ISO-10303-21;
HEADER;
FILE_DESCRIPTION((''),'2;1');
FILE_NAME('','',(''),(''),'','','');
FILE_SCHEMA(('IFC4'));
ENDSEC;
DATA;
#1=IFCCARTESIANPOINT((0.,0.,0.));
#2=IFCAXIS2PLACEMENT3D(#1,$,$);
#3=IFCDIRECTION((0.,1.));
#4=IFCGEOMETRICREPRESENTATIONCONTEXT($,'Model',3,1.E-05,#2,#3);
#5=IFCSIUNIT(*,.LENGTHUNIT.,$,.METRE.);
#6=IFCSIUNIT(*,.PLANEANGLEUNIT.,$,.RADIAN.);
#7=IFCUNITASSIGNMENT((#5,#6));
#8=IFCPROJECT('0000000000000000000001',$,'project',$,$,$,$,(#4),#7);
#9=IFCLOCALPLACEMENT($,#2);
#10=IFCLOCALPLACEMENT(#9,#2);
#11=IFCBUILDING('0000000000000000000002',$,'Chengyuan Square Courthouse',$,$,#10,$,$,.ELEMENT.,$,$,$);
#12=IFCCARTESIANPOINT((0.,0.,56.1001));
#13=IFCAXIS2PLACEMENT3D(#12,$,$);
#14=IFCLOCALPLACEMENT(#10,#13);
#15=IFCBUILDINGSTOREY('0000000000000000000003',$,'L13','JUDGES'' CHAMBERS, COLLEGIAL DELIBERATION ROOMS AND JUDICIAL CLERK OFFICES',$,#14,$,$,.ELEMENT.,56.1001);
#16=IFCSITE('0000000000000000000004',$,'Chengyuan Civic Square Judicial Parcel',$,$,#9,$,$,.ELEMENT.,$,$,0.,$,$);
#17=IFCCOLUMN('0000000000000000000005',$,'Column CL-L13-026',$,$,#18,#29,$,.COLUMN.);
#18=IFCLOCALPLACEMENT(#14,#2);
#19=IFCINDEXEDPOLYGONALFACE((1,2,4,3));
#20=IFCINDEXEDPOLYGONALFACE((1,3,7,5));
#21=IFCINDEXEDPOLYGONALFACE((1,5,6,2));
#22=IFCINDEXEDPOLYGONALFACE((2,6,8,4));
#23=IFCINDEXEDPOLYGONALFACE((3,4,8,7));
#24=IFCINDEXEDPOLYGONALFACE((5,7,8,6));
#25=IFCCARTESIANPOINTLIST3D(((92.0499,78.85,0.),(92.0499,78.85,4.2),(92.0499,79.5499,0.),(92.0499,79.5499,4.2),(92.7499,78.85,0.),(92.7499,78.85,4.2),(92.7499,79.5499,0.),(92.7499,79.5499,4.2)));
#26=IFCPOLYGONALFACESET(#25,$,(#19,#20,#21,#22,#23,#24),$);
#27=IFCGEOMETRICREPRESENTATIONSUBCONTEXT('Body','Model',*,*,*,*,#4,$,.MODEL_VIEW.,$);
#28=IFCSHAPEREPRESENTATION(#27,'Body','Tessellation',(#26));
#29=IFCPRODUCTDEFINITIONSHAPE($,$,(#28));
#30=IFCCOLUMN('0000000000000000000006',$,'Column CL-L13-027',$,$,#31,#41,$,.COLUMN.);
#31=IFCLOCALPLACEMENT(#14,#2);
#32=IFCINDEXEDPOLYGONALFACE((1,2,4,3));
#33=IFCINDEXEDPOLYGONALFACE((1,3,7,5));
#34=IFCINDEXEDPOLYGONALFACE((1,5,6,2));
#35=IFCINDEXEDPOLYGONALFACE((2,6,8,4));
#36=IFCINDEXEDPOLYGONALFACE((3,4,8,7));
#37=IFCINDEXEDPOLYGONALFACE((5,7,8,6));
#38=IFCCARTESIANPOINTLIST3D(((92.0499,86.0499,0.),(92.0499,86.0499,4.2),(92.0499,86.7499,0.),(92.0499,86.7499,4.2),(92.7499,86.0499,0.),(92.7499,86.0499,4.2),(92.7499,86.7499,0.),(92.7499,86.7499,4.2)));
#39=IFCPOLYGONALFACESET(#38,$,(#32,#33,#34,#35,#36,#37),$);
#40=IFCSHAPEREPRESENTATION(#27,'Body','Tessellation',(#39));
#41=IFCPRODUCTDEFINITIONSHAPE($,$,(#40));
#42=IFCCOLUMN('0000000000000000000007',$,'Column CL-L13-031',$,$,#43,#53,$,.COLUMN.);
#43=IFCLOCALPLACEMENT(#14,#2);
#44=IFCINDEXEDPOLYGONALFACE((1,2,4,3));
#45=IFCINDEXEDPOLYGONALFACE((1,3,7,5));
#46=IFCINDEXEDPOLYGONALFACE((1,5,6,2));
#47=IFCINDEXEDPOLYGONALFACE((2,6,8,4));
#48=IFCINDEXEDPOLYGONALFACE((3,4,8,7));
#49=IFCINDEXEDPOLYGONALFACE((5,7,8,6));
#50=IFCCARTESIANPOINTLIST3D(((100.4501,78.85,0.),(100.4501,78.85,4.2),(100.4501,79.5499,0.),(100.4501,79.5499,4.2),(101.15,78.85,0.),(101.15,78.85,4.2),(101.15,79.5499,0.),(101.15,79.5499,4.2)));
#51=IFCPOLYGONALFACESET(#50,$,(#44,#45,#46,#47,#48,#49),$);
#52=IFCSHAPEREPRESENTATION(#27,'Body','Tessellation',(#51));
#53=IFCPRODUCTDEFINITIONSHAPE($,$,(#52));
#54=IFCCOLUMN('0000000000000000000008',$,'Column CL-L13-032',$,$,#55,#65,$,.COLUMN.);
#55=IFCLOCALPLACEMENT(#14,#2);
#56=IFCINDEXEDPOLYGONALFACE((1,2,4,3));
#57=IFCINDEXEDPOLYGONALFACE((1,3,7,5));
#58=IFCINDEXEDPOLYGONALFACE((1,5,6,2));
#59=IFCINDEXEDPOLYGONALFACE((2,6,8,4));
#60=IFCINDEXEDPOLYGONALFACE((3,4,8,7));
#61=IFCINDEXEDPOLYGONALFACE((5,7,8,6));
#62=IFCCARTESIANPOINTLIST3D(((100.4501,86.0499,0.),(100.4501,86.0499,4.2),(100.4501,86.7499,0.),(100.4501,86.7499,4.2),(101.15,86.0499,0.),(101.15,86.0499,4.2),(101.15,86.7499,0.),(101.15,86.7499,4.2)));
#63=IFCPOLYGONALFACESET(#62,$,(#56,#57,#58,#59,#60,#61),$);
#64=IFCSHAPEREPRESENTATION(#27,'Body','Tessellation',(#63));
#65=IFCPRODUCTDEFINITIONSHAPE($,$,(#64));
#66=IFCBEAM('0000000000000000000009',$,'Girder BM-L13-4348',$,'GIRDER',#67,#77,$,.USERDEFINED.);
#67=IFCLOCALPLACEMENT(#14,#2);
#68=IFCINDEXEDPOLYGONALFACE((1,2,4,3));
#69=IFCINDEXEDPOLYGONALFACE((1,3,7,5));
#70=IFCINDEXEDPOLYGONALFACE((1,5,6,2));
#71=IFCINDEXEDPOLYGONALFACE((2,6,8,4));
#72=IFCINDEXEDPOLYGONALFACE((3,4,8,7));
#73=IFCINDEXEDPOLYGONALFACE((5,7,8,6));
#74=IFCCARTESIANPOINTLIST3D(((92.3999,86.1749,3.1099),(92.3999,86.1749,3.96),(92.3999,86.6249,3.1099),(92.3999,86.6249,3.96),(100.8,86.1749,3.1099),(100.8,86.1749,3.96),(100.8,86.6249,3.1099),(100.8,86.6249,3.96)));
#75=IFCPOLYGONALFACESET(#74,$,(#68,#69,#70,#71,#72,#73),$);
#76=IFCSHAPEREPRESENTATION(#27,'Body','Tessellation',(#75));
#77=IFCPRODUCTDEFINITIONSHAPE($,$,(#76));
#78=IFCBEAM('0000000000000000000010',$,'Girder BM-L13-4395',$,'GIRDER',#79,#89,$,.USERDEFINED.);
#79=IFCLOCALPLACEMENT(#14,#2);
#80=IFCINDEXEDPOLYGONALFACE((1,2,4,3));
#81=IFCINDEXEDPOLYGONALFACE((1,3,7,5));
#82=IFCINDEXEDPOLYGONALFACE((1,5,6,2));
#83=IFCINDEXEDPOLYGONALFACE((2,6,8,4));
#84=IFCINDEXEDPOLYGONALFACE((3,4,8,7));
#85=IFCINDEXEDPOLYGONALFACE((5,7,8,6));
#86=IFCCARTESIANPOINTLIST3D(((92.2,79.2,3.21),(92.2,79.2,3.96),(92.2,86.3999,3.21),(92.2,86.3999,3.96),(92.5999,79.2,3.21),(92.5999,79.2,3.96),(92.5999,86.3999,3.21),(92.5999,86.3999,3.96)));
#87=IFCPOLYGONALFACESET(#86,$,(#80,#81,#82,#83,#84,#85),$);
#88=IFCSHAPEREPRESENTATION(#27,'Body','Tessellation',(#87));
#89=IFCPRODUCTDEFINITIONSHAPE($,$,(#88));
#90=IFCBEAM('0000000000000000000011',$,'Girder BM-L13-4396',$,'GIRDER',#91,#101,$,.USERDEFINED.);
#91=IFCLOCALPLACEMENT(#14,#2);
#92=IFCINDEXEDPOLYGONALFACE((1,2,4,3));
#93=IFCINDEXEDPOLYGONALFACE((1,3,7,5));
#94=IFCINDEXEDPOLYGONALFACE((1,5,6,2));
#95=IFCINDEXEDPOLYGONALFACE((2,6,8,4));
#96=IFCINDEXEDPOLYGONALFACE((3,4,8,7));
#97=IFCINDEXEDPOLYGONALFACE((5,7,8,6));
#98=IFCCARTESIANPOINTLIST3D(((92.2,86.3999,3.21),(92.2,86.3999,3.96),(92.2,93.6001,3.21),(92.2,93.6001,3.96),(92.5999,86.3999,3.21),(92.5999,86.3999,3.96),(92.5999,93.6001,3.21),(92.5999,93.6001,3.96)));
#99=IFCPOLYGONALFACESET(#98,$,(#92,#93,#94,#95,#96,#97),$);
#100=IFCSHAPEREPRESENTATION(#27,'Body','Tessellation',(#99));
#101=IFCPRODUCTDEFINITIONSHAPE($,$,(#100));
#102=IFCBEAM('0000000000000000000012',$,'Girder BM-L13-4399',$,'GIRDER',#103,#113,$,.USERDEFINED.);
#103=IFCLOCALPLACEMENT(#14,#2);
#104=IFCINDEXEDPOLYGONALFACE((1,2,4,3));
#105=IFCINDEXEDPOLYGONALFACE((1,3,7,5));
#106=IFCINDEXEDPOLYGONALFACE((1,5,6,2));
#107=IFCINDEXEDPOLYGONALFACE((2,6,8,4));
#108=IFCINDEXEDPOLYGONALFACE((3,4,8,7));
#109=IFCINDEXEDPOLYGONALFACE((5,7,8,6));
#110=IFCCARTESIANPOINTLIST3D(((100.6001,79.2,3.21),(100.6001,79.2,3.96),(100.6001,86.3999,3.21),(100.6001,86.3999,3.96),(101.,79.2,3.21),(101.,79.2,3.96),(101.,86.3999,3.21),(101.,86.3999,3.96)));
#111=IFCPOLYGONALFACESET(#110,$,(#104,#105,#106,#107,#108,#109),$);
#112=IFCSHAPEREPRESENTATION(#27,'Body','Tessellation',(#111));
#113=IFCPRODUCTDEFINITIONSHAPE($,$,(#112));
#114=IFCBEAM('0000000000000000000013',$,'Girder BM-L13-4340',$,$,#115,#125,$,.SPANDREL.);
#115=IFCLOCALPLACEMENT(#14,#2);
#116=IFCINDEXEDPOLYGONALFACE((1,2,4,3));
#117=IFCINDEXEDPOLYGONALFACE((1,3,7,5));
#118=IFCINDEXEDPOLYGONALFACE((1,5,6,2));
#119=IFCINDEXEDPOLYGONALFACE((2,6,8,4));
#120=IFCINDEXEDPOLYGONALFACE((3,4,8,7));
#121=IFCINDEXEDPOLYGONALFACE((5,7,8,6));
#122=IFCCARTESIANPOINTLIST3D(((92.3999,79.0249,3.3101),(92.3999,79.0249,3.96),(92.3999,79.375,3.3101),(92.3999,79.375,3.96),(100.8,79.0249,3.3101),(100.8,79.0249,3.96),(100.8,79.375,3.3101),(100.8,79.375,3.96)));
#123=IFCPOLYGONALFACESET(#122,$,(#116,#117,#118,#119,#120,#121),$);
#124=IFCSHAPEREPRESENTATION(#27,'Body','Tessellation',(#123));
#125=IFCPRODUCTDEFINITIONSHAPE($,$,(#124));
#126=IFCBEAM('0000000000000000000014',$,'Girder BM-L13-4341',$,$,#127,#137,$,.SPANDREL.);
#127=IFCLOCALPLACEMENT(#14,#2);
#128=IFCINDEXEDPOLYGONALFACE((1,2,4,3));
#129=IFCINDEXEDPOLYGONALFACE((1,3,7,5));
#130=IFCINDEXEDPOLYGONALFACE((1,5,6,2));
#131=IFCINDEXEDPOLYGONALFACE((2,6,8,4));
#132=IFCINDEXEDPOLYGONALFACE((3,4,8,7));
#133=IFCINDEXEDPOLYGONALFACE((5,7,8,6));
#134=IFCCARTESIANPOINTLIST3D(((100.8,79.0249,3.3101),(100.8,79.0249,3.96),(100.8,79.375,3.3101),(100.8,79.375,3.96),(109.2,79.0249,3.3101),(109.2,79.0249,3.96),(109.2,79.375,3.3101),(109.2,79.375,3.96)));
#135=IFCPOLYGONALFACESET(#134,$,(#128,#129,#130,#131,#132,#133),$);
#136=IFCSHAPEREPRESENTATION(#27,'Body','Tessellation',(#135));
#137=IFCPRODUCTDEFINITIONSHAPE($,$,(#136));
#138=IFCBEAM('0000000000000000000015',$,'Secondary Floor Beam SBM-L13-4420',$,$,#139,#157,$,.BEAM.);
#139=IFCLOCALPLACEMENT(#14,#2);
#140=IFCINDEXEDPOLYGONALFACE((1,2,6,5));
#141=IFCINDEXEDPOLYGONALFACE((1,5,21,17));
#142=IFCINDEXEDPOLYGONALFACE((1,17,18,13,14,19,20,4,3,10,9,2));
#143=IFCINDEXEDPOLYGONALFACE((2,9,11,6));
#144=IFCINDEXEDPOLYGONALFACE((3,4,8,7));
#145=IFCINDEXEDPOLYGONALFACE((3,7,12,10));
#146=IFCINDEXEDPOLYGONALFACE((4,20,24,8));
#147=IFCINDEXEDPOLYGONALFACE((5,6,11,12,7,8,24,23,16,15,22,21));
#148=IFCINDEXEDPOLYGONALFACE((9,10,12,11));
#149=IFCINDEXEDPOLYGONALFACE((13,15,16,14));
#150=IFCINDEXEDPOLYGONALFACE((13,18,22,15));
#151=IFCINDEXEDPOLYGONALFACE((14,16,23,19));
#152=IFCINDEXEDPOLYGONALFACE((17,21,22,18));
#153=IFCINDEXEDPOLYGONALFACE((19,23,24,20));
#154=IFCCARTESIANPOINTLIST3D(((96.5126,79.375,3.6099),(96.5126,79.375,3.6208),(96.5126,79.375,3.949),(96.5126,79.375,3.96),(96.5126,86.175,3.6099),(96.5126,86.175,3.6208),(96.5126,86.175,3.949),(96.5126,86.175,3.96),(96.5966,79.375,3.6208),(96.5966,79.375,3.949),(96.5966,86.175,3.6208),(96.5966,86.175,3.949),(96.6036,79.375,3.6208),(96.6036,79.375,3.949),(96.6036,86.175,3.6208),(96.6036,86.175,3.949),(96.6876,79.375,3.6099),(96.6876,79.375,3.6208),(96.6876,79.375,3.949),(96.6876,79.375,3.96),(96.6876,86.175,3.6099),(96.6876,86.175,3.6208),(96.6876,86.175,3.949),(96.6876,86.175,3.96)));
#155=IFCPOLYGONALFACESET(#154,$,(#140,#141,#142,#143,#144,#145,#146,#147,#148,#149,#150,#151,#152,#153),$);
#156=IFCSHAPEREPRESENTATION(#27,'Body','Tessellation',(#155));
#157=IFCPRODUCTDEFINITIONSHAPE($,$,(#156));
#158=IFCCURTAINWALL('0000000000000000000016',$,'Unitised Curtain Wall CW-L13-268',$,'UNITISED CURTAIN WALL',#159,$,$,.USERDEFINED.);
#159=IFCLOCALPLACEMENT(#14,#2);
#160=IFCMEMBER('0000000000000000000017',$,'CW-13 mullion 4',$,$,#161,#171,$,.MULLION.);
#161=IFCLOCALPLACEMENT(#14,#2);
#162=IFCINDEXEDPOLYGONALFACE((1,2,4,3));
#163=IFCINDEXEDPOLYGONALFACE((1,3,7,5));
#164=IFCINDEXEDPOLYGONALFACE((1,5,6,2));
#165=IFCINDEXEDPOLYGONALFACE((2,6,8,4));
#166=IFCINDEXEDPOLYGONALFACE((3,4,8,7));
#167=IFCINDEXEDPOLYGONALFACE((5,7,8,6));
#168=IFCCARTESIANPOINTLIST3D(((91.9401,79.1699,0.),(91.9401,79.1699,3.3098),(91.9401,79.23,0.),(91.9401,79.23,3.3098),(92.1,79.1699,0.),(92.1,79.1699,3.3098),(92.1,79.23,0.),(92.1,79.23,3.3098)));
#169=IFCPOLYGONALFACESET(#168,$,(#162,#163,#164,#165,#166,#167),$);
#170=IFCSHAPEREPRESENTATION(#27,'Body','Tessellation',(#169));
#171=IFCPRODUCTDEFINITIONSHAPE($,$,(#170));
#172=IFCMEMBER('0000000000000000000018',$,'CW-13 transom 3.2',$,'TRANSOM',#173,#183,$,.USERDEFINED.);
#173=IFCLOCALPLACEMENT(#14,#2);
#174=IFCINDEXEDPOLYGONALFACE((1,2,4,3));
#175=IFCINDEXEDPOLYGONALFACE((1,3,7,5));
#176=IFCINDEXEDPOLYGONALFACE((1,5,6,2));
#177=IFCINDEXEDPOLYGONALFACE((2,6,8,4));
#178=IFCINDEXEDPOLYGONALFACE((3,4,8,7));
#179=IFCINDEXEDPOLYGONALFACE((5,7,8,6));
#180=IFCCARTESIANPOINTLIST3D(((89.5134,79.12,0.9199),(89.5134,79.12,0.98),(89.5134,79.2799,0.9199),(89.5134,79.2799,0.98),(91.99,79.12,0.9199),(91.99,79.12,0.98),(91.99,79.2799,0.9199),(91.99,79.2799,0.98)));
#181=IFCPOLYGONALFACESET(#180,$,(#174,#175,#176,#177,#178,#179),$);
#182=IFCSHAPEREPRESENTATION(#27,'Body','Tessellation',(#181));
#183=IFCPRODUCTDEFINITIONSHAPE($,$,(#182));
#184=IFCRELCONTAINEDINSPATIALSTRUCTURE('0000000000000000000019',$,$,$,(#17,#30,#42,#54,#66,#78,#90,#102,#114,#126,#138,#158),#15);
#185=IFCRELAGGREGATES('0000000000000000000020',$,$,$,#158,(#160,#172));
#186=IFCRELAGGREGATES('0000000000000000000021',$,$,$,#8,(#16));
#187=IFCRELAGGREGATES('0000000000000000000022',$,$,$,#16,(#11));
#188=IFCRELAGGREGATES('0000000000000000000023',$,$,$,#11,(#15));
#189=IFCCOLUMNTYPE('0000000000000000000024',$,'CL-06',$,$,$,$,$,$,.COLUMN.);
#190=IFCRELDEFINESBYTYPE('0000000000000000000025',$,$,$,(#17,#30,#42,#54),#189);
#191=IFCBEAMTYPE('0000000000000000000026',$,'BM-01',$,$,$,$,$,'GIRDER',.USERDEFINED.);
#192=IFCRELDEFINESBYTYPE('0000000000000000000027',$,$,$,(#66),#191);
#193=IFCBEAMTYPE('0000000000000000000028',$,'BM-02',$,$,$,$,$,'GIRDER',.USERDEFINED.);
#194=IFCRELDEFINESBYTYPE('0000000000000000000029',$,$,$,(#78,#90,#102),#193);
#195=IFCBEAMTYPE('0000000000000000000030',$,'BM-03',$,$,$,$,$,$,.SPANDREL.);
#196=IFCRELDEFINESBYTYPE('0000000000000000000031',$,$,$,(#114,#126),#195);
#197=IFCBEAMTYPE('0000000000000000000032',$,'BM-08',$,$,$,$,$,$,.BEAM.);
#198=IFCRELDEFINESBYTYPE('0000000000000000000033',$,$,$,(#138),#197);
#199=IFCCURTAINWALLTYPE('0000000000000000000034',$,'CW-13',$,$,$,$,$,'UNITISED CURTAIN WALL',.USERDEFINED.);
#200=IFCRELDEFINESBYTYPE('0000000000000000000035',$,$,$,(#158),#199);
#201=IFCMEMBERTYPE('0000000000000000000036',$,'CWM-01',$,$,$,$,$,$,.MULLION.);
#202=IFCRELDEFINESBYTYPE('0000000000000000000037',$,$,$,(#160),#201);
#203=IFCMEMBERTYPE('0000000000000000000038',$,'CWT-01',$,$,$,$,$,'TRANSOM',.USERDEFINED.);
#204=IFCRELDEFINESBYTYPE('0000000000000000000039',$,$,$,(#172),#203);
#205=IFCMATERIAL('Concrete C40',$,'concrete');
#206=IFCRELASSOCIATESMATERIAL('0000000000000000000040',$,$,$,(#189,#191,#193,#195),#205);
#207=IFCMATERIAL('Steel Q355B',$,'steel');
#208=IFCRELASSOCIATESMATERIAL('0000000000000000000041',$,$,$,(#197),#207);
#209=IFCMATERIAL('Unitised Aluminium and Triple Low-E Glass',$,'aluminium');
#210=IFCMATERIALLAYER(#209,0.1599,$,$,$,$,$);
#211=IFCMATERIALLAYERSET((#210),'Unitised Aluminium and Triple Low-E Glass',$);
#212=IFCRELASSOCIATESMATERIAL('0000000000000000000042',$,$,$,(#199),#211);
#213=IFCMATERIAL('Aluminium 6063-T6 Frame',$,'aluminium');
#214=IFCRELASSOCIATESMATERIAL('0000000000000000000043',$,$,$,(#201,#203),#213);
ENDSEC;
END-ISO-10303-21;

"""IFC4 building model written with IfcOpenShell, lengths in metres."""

from ifc_helpers import new_model, si_unit, direction, frame, origin, origin_2d, place, context, subcontext, project, spatial, rectangle, i_section, extrude, material, layer, layer_set, material_profile, profile_set, type_object, element, aggregate, save


model = new_model("IFC4")

# Units and contexts
model_context = context("Model", 3, precision=1e-05, world=origin(), true_north=direction((0.0, 1.0)))
body_context = subcontext(model_context, "Body", "Model", "MODEL_VIEW")
ifc_project = project(units=[si_unit("LENGTHUNIT", "METRE"), si_unit("PLANEANGLEUNIT", "RADIAN")], contexts=[model_context])

# Site, building, storey
site_placement = place(None, origin())
site = spatial("IfcSite", under=ifc_project, at=site_placement, Name="Chengyuan Civic Square Judicial Parcel", CompositionType="ELEMENT", RefElevation=0.0)
building_placement = place(site_placement, origin())
building = spatial("IfcBuilding", under=site, at=building_placement, Name="Chengyuan Square Courthouse", CompositionType="ELEMENT")
storey_placement = place(building_placement, frame((0.0, 0.0, 56.1001)))
storey = spatial("IfcBuildingStorey", under=building, at=storey_placement, Name="L13", Description="JUDGES' CHAMBERS, COLLEGIAL DELIBERATION ROOMS AND JUDICIAL CLERK OFFICES", CompositionType="ELEMENT", Elevation=56.1001)

# Columns
ifc_material_1 = material(Name="Concrete C40", Category="concrete")
ifc_material_profile_1 = material_profile(ifc_material_1, rectangle(XDim=0.7, YDim=0.7, at=origin_2d()), Name="RC-COL-700x700")
ifc_profile_set_1 = profile_set([ifc_material_profile_1], Name="Concrete C40")
column_type = type_object("IfcColumnType", Name="CL-06", PredefinedType="COLUMN", material=ifc_profile_set_1)
for number, where, z_axis, x_axis, name in (
    (1, (92.3999, 79.2, 0.0), (0.0, 0.0, 1.0), (1.0, 0.0, 0.0), "Column CL-L13-026"),
    (2, (92.3999, 86.3999, 0.0), (0.0, 0.0, 1.0), (1.0, 0.0, 0.0), "Column CL-L13-027"),
    (3, (100.8, 79.2, 0.0), (0.0, 0.0, 1.0), (1.0, 0.0, 0.0), "Column CL-L13-031"),
    (4, (100.8, 86.3999, 0.0), (0.0, 0.0, 1.0), (1.0, 0.0, 0.0), "Column CL-L13-032"),
):
    element("IfcColumn", number, at=place(storey_placement, frame(where, z_axis=z_axis, x_axis=x_axis)), inside=storey, type_object=column_type, Name=name, PredefinedType="COLUMN", context=body_context, shape_type="SweptSolid", body=[
        extrude(rectangle(XDim=0.7, YDim=0.7, at=origin_2d()), origin(), (0.0, 0.0, 1.0), 4.2),
    ])

# Beams
ifc_material_profile_2 = material_profile(ifc_material_1, rectangle(XDim=0.45, YDim=0.8501, at=origin_2d()), Name="RC-BM-450x850")
ifc_profile_set_2 = profile_set([ifc_material_profile_2], Name="Concrete C40")
beam_type_1 = type_object("IfcBeamType", Name="BM-01", ElementType="GIRDER", PredefinedType="USERDEFINED", material=ifc_profile_set_2)
beam_1_placement = place(storey_placement, frame((92.3999, 86.3999, 3.5349), z_axis=(1.0, 0.0, 0.0), x_axis=(0.0, 1.0, 0.0)))
element("IfcBeam", 5, at=beam_1_placement, inside=storey, type_object=beam_type_1, Name="Girder BM-L13-4348", ObjectType="GIRDER", PredefinedType="USERDEFINED", context=body_context, shape_type="SweptSolid", body=[
    extrude(rectangle(XDim=0.45, YDim=0.8501, at=origin_2d()), origin(), (0.0, 0.0, 1.0), 8.4001),
])
ifc_material_profile_3 = material_profile(ifc_material_1, rectangle(XDim=0.3999, YDim=0.75, at=origin_2d()), Name="RC-BM-400x750")
ifc_profile_set_3 = profile_set([ifc_material_profile_3], Name="Concrete C40")
beam_type_2 = type_object("IfcBeamType", Name="BM-02", ElementType="GIRDER", PredefinedType="USERDEFINED", material=ifc_profile_set_3)
beam_2_placement = place(storey_placement, frame((92.3999, 79.2, 3.585), z_axis=(0.0, 1.0, 0.0), x_axis=(-1.0, 0.0, 0.0)))
element("IfcBeam", 6, at=beam_2_placement, inside=storey, type_object=beam_type_2, Name="Girder BM-L13-4395", ObjectType="GIRDER", PredefinedType="USERDEFINED", context=body_context, shape_type="SweptSolid", body=[
    extrude(rectangle(XDim=0.3999, YDim=0.75, at=origin_2d()), origin(), (0.0, 0.0, 1.0), 7.2),
])
beam_3_placement = place(storey_placement, frame((92.3999, 86.3999, 3.585), z_axis=(0.0, 1.0, 0.0), x_axis=(-1.0, 0.0, 0.0)))
element("IfcBeam", 7, at=beam_3_placement, inside=storey, type_object=beam_type_2, Name="Girder BM-L13-4396", ObjectType="GIRDER", PredefinedType="USERDEFINED", context=body_context, shape_type="SweptSolid", body=[
    extrude(rectangle(XDim=0.3999, YDim=0.75, at=origin_2d()), origin(), (0.0, 0.0, 1.0), 7.2002),
])
beam_4_placement = place(storey_placement, frame((100.8, 79.2, 3.585), z_axis=(0.0, 1.0, 0.0), x_axis=(-1.0, 0.0, 0.0)))
element("IfcBeam", 8, at=beam_4_placement, inside=storey, type_object=beam_type_2, Name="Girder BM-L13-4399", ObjectType="GIRDER", PredefinedType="USERDEFINED", context=body_context, shape_type="SweptSolid", body=[
    extrude(rectangle(XDim=0.3999, YDim=0.75, at=origin_2d()), origin(), (0.0, 0.0, 1.0), 7.2),
])
ifc_material_profile_4 = material_profile(ifc_material_1, rectangle(XDim=0.3501, YDim=0.6499, at=origin_2d()), Name="RC-BM-350x650")
ifc_profile_set_4 = profile_set([ifc_material_profile_4], Name="Concrete C40")
beam_type_3 = type_object("IfcBeamType", Name="BM-03", PredefinedType="SPANDREL", material=ifc_profile_set_4)
beam_5_placement = place(storey_placement, frame((92.3999, 79.2, 3.635), z_axis=(1.0, 0.0, 0.0), x_axis=(0.0, 1.0, 0.0)))
element("IfcBeam", 9, at=beam_5_placement, inside=storey, type_object=beam_type_3, Name="Girder BM-L13-4340", PredefinedType="SPANDREL", context=body_context, shape_type="SweptSolid", body=[
    extrude(rectangle(XDim=0.3501, YDim=0.6499, at=origin_2d()), origin(), (0.0, 0.0, 1.0), 8.4001),
])
beam_6_placement = place(storey_placement, frame((100.8, 79.2, 3.635), z_axis=(1.0, 0.0, 0.0), x_axis=(0.0, 1.0, 0.0)))
element("IfcBeam", 10, at=beam_6_placement, inside=storey, type_object=beam_type_3, Name="Girder BM-L13-4341", PredefinedType="SPANDREL", context=body_context, shape_type="SweptSolid", body=[
    extrude(rectangle(XDim=0.3501, YDim=0.6499, at=origin_2d()), origin(), (0.0, 0.0, 1.0), 8.3999),
])
ifc_material_2 = material(Name="Steel Q355B", Category="steel")
ifc_material_profile_5 = material_profile(ifc_material_2, i_section(OverallWidth=0.175, OverallDepth=0.3501, WebThickness=0.0071, FlangeThickness=0.011, at=origin_2d()), Name="HN 350x175x7x11")
ifc_profile_set_5 = profile_set([ifc_material_profile_5], Name="Steel Q355B")
beam_type_4 = type_object("IfcBeamType", Name="BM-08", PredefinedType="BEAM", material=ifc_profile_set_5)
beam_7_placement = place(storey_placement, frame((96.6001, 79.375, 3.7849), z_axis=(0.0, 1.0, 0.0), x_axis=(-1.0, 0.0, 0.0)))
element("IfcBeam", 11, at=beam_7_placement, inside=storey, type_object=beam_type_4, Name="Secondary Floor Beam SBM-L13-4420", PredefinedType="BEAM", context=body_context, shape_type="SweptSolid", body=[
    extrude(i_section(OverallWidth=0.175, OverallDepth=0.3501, WebThickness=0.0071, FlangeThickness=0.011, at=origin_2d()), origin(), (0.0, 0.0, 1.0), 6.8),
])

# Curtain wall, members
ifc_material_3 = material(Name="Unitised Aluminium and Triple Low-E Glass", Category="aluminium")
ifc_layer_1 = layer(ifc_material_3, 0.1599)
ifc_layer_set_1 = layer_set([ifc_layer_1], Name="Unitised Aluminium and Triple Low-E Glass")
curtain_wall_type = type_object("IfcCurtainWallType", Name="CW-13", ElementType="UNITISED CURTAIN WALL", PredefinedType="USERDEFINED", material=ifc_layer_set_1)
curtain_wall_placement = place(storey_placement, origin())
curtain_wall = element("IfcCurtainWall", 12, at=curtain_wall_placement, inside=storey, type_object=curtain_wall_type, Name="Unitised Curtain Wall CW-L13-268", ObjectType="UNITISED CURTAIN WALL", PredefinedType="USERDEFINED")
ifc_material_4 = material(Name="Aluminium 6063-T6 Frame", Category="aluminium")
ifc_material_profile_6 = material_profile(ifc_material_4, rectangle(XDim=0.0601, YDim=0.1599, at=origin_2d()), Name="CW-MUL-60x160")
ifc_profile_set_6 = profile_set([ifc_material_profile_6], Name="Aluminium 6063-T6 Frame")
member_type_1 = type_object("IfcMemberType", Name="CWM-01", PredefinedType="MULLION", material=ifc_profile_set_6)
member_1_placement = place(storey_placement, frame((92.02, 79.2, 0.0), z_axis=(0.0, 0.0, 1.0), x_axis=(0.0, 1.0, 0.0)))
member_1 = element("IfcMember", 13, at=member_1_placement, type_object=member_type_1, Name="CW-13 mullion 4", PredefinedType="MULLION", context=body_context, shape_type="SweptSolid", body=[
    extrude(rectangle(XDim=0.0601, YDim=0.1599, at=origin_2d()), origin(), (0.0, 0.0, 1.0), 3.3098),
])
ifc_material_profile_7 = material_profile(ifc_material_4, rectangle(XDim=0.1599, YDim=0.0601, at=origin_2d()), Name="CW-TRN-60x120")
ifc_profile_set_7 = profile_set([ifc_material_profile_7], Name="Aluminium 6063-T6 Frame")
member_type_2 = type_object("IfcMemberType", Name="CWT-01", ElementType="TRANSOM", PredefinedType="USERDEFINED", material=ifc_profile_set_7)
member_2_placement = place(storey_placement, frame((89.5134, 79.2, 0.95), z_axis=(1.0, 0.0, 0.0), x_axis=(0.0, 1.0, 0.0)))
member_2 = element("IfcMember", 14, at=member_2_placement, type_object=member_type_2, Name="CW-13 transom 3.2", ObjectType="TRANSOM", PredefinedType="USERDEFINED", context=body_context, shape_type="SweptSolid", body=[
    extrude(rectangle(XDim=0.1599, YDim=0.0601, at=origin_2d()), origin(), (0.0, 0.0, 1.0), 2.4766),
])
aggregate(curtain_wall, [member_1, member_2])

save(model, "model.ifc")
